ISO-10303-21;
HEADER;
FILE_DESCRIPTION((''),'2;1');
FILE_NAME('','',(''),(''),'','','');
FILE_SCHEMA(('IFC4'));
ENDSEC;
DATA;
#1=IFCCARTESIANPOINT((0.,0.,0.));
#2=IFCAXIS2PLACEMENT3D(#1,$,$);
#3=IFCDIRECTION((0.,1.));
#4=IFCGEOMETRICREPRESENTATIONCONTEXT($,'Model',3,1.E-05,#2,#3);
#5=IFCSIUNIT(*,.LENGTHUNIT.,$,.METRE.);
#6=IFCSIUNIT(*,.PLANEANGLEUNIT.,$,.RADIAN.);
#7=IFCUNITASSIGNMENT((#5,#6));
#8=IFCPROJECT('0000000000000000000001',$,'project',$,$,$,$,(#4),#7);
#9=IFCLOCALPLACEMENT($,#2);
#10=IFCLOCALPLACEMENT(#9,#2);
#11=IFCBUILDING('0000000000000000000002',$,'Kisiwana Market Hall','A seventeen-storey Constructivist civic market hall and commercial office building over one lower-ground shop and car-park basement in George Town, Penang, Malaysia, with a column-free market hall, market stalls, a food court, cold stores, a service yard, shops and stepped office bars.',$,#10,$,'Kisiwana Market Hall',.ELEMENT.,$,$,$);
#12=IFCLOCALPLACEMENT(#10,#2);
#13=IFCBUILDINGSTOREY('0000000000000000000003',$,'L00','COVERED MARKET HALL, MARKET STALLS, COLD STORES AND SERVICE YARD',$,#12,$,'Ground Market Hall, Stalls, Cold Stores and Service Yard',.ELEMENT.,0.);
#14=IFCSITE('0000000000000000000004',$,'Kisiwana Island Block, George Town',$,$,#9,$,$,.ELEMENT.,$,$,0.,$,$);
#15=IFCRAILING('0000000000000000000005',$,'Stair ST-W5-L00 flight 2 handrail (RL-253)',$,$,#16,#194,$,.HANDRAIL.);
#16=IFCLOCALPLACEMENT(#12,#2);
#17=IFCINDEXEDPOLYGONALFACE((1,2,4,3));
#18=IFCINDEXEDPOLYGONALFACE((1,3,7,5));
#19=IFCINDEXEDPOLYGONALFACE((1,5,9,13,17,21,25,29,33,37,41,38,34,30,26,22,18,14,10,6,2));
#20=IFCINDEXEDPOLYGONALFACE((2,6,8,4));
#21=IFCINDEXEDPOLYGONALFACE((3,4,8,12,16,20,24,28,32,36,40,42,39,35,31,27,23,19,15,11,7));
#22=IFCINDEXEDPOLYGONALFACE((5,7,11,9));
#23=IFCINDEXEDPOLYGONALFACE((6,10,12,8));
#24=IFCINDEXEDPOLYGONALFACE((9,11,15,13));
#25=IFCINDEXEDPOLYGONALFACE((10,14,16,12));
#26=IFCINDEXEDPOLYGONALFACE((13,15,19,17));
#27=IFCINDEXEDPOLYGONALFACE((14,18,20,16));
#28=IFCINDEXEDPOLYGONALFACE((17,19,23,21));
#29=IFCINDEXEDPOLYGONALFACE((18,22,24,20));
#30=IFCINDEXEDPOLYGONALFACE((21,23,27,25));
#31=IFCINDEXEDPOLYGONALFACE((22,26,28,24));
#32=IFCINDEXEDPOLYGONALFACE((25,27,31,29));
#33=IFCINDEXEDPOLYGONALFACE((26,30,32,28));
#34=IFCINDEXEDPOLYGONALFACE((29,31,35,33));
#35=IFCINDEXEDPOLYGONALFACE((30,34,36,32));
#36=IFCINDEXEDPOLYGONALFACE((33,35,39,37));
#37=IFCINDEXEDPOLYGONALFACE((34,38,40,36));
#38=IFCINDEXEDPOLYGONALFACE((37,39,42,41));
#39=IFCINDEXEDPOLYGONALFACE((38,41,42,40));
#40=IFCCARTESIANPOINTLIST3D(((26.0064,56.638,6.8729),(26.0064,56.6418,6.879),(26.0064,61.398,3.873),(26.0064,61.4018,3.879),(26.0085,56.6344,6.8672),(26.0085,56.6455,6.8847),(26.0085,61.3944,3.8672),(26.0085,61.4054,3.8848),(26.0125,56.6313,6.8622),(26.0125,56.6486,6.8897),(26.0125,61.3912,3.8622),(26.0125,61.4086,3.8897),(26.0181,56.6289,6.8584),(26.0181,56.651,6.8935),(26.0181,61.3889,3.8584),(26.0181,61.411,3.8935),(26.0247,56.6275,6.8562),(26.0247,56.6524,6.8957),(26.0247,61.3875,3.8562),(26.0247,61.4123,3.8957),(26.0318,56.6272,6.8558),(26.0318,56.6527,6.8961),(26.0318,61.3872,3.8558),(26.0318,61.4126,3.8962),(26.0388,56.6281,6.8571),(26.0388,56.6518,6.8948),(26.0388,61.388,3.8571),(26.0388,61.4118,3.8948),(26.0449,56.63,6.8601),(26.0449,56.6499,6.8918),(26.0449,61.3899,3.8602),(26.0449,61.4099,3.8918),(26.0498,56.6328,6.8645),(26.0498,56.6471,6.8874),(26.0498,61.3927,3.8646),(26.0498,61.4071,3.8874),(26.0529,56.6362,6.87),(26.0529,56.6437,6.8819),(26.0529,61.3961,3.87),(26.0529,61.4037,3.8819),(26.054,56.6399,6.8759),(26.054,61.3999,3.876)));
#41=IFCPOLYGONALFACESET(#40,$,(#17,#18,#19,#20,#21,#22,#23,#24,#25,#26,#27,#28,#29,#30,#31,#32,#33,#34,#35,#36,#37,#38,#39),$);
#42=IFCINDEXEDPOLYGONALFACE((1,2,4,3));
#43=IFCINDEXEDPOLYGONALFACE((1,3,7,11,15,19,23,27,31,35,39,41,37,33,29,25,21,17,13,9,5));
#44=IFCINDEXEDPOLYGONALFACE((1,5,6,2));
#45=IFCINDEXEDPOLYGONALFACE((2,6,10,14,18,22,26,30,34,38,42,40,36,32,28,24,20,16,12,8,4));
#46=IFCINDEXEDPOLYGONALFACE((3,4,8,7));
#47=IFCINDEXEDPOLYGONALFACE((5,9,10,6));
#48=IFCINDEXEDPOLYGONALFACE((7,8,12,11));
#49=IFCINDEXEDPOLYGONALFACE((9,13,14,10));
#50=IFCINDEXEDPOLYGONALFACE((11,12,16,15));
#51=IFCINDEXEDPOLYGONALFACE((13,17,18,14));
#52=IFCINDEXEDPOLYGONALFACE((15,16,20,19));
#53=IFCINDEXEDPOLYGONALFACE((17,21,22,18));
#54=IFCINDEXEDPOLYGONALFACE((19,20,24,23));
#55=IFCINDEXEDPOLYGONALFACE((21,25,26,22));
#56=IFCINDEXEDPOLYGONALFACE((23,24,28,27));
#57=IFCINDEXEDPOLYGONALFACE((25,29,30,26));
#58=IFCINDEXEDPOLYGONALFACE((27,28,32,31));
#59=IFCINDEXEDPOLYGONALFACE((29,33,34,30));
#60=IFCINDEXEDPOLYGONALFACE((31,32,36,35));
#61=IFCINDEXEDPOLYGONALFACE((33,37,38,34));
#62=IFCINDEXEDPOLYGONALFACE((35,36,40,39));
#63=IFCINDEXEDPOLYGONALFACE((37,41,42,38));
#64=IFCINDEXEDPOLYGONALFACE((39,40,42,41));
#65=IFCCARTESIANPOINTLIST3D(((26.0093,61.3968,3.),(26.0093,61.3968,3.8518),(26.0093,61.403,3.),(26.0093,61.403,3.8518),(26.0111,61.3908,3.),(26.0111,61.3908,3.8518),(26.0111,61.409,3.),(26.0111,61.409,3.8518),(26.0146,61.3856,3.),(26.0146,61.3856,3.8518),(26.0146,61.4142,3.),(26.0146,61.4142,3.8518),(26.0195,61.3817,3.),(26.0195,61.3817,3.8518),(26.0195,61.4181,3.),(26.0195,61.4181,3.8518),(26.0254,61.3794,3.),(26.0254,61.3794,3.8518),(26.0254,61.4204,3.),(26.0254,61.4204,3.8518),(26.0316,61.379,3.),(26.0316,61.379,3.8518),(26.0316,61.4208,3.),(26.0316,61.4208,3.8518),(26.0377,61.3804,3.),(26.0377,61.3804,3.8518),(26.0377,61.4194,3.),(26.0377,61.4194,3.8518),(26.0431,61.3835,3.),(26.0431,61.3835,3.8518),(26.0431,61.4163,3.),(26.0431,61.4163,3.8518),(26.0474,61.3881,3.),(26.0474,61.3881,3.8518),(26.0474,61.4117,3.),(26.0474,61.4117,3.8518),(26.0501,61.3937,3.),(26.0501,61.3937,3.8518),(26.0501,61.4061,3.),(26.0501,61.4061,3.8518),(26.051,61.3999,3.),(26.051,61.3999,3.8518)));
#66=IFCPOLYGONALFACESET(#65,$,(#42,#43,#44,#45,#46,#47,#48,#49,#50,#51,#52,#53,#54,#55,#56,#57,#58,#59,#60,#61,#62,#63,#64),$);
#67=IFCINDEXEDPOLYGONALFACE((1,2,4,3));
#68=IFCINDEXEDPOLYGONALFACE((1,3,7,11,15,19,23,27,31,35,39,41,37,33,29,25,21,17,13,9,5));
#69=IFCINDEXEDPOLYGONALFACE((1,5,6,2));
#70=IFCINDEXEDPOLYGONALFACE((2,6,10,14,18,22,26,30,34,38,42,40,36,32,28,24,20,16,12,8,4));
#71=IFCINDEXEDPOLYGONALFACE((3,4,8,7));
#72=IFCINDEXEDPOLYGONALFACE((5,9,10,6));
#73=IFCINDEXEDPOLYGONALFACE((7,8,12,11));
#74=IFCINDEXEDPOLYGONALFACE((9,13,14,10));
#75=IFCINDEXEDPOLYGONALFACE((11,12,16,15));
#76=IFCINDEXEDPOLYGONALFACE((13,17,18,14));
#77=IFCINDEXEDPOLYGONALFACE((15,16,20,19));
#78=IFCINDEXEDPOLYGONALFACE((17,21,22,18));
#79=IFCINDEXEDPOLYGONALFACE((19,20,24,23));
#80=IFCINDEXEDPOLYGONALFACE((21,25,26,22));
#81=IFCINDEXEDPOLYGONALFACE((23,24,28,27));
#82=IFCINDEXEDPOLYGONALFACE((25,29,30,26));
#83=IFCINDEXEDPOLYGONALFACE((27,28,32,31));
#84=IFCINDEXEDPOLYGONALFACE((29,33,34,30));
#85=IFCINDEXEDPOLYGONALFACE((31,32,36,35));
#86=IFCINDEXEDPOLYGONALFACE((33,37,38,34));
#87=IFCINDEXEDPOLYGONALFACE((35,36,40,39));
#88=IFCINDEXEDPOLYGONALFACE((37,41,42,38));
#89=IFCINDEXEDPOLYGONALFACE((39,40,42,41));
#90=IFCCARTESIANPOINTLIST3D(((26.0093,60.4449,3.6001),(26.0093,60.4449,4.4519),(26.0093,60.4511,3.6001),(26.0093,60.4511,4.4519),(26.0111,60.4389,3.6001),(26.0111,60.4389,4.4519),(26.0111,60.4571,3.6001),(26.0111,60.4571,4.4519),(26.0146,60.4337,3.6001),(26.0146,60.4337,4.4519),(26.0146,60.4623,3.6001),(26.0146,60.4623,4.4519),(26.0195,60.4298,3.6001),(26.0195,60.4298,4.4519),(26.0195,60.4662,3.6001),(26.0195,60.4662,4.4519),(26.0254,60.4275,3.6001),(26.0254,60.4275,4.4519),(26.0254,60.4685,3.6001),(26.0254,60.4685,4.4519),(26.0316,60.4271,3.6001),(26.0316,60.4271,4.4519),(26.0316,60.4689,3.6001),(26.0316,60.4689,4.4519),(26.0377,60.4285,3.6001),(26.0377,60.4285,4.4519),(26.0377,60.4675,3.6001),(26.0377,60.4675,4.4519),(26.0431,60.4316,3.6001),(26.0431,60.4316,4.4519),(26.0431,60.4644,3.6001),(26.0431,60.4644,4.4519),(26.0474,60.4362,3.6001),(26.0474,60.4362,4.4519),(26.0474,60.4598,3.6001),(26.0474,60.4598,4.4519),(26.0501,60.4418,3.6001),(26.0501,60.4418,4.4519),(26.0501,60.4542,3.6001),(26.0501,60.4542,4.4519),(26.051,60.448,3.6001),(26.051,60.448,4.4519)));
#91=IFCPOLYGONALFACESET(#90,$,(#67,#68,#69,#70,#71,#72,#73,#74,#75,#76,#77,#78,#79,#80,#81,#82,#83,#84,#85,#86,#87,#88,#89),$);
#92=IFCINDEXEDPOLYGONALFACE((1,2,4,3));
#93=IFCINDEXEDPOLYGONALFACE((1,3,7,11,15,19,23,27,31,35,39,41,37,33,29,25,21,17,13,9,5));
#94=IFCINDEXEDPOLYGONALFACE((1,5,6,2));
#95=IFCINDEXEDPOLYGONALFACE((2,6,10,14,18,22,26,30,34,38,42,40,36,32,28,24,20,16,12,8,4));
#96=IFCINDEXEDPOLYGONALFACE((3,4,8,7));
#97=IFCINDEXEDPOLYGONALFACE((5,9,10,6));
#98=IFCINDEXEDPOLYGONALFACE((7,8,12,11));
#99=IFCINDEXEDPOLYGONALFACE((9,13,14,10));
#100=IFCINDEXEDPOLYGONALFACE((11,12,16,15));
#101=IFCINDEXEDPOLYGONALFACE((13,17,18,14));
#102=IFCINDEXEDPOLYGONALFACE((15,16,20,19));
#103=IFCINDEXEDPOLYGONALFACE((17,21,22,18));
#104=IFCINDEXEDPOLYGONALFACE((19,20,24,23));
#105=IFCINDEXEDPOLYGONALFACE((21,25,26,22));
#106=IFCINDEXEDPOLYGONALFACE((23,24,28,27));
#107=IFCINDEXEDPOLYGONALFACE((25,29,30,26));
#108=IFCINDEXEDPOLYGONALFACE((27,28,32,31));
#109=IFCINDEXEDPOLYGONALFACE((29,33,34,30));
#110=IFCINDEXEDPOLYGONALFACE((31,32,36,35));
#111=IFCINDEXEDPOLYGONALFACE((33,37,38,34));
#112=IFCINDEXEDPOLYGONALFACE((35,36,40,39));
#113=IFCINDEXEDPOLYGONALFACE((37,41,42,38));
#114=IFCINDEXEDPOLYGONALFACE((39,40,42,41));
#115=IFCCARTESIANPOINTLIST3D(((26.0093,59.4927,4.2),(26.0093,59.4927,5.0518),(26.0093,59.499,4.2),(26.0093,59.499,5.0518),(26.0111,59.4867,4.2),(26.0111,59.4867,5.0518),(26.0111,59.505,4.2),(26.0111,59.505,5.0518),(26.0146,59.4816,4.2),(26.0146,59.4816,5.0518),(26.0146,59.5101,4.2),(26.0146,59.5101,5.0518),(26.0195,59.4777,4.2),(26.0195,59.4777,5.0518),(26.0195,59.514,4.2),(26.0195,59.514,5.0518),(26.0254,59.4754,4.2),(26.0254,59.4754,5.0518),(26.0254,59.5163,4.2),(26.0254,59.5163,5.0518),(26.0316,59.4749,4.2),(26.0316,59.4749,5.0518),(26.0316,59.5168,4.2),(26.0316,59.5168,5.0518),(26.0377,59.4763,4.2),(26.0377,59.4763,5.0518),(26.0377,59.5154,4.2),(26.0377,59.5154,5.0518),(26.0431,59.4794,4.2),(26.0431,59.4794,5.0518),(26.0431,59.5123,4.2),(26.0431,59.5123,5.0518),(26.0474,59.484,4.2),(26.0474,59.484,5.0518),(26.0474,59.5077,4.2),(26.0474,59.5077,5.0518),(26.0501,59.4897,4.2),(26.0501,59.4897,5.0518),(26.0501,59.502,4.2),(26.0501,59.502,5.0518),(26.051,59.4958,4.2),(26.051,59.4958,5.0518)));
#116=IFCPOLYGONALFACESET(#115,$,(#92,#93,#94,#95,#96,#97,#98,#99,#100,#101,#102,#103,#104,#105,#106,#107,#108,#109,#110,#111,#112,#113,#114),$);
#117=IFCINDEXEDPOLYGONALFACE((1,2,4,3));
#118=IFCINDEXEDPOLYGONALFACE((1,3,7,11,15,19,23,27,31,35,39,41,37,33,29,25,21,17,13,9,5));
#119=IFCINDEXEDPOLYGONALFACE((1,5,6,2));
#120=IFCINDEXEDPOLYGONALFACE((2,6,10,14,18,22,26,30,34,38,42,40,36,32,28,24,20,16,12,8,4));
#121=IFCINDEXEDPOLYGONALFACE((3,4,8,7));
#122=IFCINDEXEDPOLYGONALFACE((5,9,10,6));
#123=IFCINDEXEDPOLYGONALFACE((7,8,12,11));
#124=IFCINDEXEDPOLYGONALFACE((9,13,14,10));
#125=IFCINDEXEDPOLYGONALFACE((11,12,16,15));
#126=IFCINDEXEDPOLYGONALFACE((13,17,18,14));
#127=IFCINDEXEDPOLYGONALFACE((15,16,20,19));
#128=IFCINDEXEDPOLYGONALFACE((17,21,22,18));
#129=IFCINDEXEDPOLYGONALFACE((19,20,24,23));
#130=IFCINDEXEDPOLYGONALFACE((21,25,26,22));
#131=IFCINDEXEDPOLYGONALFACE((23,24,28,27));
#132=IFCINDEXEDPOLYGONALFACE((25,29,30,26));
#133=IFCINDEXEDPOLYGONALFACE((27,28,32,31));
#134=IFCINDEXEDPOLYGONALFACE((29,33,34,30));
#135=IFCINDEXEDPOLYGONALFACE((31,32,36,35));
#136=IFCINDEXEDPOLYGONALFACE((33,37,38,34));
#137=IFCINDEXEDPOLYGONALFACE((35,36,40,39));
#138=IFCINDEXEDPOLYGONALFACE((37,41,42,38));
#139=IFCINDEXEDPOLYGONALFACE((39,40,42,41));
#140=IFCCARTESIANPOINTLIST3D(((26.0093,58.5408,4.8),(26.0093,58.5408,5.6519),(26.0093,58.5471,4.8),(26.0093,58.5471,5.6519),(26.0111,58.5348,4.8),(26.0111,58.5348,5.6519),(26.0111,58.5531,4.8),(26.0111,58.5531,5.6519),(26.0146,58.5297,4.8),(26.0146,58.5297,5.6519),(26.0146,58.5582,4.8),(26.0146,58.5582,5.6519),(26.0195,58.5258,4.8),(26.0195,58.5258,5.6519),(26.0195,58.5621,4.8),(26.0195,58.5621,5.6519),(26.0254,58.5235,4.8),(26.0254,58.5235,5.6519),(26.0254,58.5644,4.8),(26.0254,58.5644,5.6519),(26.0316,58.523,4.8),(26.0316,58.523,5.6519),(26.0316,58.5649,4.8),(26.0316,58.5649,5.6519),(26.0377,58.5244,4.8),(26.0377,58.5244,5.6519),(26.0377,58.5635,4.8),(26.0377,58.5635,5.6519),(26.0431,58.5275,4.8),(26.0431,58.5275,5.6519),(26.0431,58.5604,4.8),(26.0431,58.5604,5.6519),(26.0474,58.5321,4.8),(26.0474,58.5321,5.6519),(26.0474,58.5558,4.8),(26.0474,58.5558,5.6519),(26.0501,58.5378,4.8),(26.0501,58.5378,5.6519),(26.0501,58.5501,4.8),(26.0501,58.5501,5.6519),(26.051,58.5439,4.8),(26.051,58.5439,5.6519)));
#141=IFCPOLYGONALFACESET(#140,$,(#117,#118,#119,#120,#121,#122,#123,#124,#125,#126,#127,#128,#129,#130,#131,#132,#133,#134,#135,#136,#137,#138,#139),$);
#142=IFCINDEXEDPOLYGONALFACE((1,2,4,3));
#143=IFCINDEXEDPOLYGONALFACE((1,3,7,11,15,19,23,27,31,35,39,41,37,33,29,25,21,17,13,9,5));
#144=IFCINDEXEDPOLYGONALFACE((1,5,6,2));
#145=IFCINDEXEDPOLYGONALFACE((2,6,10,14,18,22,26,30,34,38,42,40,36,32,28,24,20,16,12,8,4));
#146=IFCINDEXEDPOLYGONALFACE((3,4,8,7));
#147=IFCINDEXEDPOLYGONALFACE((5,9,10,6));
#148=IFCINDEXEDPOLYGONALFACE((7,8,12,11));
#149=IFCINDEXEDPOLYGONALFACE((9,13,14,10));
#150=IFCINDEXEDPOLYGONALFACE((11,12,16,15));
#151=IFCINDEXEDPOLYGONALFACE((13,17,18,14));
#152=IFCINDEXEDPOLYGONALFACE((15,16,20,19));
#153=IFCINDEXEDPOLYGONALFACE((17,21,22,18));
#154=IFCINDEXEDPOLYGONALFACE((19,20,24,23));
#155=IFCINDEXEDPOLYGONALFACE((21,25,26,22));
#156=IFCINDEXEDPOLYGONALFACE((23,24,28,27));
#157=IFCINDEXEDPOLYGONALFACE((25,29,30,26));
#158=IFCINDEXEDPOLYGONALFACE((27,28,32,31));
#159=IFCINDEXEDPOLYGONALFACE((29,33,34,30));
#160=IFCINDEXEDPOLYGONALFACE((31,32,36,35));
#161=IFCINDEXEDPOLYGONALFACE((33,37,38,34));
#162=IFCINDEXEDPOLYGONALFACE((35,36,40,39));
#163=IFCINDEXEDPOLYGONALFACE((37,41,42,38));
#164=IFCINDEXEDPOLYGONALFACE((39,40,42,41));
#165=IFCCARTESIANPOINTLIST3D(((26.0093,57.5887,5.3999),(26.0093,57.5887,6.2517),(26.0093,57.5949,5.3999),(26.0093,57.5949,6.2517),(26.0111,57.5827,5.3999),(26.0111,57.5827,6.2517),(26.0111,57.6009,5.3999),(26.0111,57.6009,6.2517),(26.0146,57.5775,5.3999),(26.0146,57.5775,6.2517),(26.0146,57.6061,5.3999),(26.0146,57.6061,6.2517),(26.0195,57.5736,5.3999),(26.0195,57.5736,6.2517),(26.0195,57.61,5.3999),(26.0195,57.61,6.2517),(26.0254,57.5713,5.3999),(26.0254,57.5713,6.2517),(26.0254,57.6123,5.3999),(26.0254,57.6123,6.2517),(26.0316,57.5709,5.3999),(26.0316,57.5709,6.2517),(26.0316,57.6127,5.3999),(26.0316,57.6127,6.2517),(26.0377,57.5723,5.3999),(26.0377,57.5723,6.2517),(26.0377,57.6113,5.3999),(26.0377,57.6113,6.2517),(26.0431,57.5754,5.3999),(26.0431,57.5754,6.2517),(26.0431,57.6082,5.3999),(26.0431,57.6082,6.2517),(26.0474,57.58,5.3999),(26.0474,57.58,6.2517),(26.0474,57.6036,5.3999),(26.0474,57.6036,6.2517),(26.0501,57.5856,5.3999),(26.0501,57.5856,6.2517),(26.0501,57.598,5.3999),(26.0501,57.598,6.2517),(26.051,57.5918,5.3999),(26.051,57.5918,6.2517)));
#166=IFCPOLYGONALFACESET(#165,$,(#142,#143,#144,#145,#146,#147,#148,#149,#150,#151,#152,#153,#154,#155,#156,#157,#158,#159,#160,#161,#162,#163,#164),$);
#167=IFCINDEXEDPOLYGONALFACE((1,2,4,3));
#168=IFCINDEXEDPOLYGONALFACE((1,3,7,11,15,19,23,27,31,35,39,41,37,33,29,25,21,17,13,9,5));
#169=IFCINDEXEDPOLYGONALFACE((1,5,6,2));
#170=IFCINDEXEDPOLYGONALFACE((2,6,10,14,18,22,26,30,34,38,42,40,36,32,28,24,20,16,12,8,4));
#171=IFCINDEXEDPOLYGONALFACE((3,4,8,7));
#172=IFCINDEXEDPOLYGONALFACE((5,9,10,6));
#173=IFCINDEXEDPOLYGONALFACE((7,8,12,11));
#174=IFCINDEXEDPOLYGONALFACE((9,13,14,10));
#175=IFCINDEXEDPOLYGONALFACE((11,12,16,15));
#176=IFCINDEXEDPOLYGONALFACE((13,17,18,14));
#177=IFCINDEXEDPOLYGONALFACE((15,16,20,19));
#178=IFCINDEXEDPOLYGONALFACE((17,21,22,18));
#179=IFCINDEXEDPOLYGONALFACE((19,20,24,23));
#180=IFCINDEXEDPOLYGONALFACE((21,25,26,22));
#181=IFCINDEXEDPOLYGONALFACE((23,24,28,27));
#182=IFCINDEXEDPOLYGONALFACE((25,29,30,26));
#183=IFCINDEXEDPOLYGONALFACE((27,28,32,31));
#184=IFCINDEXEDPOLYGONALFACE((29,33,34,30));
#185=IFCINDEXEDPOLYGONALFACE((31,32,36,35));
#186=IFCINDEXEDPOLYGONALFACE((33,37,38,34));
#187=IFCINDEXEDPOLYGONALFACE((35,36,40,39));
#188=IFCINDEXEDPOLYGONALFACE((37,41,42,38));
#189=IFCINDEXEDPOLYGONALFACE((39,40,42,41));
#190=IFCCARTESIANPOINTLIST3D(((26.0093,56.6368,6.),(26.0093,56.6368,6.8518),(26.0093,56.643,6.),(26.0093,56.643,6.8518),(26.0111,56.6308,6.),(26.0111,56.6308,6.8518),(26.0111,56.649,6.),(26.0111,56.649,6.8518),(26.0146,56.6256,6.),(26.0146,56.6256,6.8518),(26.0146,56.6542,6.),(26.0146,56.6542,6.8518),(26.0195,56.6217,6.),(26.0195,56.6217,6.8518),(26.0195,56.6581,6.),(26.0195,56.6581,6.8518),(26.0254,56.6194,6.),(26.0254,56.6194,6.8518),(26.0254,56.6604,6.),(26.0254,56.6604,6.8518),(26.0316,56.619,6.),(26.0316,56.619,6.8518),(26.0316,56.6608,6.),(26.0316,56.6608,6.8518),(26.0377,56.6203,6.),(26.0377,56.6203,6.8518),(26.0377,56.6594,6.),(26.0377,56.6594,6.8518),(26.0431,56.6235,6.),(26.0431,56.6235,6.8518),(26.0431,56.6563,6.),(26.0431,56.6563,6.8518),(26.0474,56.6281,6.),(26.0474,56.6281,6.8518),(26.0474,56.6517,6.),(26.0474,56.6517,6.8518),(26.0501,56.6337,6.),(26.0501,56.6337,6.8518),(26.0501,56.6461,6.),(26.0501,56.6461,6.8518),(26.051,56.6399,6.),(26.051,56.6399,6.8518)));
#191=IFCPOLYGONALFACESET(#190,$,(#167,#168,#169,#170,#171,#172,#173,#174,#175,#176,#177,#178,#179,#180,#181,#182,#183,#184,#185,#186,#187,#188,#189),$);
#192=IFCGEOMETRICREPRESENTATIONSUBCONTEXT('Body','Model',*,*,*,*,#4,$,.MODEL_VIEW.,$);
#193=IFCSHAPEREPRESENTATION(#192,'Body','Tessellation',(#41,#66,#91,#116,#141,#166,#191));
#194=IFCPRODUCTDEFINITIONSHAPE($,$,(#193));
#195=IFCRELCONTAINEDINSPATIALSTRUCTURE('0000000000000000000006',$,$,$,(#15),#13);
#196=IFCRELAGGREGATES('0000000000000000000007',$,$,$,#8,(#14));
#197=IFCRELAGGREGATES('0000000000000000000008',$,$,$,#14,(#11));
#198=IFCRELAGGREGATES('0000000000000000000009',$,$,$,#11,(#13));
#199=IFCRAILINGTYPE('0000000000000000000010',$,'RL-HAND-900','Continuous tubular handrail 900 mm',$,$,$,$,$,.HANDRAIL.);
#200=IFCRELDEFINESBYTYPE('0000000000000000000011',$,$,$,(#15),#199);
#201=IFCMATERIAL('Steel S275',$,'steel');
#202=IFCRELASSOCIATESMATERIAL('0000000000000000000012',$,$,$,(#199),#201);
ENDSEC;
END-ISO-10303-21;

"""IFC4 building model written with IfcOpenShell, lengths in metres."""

from ifc_helpers import new_model, si_unit, direction, frame, origin, origin_2d, place, context, subcontext, project, spatial, circle, extrude, material, type_object, element, save


model = new_model("IFC4")

# Units and contexts
model_context = context("Model", 3, precision=1e-05, world=origin(), true_north=direction((0.0, 1.0)))
body_context = subcontext(model_context, "Body", "Model", "MODEL_VIEW")
ifc_project = project(units=[si_unit("LENGTHUNIT", "METRE"), si_unit("PLANEANGLEUNIT", "RADIAN")], contexts=[model_context])

# Site, building, storey
site_placement = place(None, origin())
site = spatial("IfcSite", under=ifc_project, at=site_placement, Name="Kisiwana Island Block, George Town", CompositionType="ELEMENT", RefElevation=0.0)
building_placement = place(site_placement, origin())
building = spatial("IfcBuilding", under=site, at=building_placement, Name="Kisiwana Market Hall", Description="A seventeen-storey Constructivist civic market hall and commercial office building over one lower-ground shop and car-park basement in George Town, Penang, Malaysia, with a column-free market hall, market stalls, a food court, cold stores, a service yard, shops and stepped office bars.", LongName="Kisiwana Market Hall", CompositionType="ELEMENT")
storey_placement = place(building_placement, origin())
storey = spatial("IfcBuildingStorey", under=building, at=storey_placement, Name="L00", Description="COVERED MARKET HALL, MARKET STALLS, COLD STORES AND SERVICE YARD", LongName="Ground Market Hall, Stalls, Cold Stores and Service Yard", CompositionType="ELEMENT", Elevation=0.0)

# Railing
ifc_material_1 = material(Name="Steel S275", Category="steel")
railing_type = type_object("IfcRailingType", Name="RL-HAND-900", Description="Continuous tubular handrail 900 mm", PredefinedType="HANDRAIL", material=ifc_material_1)
for number, where, name in (
    (1, (26.03, 61.3999, 3.0), "Stair ST-W5-L00 flight 2 handrail (RL-253)"),
):
    element("IfcRailing", number, at=place(storey_placement, frame(where)), inside=storey, type_object=railing_type, Name=name, PredefinedType="HANDRAIL", context=body_context, shape_type="SweptSolid", body=[
        extrude(circle(Radius=0.0239, at=origin_2d()), frame((0.0, 0.0, 0.876), z_axis=(0.0, -0.845996, 0.53319), x_axis=(1.0, 0.0, 0.0)), (0.0, 0.0, 1.0), 5.6265),
        extrude(circle(Radius=0.021, at=origin_2d()), origin(), (0.0, 0.0, 1.0), 0.8518),
        extrude(circle(Radius=0.021, at=origin_2d()), frame((0.0, -0.9519, 0.6001)), (0.0, 0.0, 1.0), 0.8518),
        extrude(circle(Radius=0.021, at=origin_2d()), frame((0.0, -1.9041, 1.2)), (0.0, 0.0, 1.0), 0.8518),
        extrude(circle(Radius=0.021, at=origin_2d()), frame((0.0, -2.856, 1.8)), (0.0, 0.0, 1.0), 0.8518),
        extrude(circle(Radius=0.021, at=origin_2d()), frame((0.0, -3.8081, 2.3999)), (0.0, 0.0, 1.0), 0.8518),
        extrude(circle(Radius=0.021, at=origin_2d()), frame((0.0, -4.76, 3.0)), (0.0, 0.0, 1.0), 0.8518),
    ])

save(model, "model.ifc")
